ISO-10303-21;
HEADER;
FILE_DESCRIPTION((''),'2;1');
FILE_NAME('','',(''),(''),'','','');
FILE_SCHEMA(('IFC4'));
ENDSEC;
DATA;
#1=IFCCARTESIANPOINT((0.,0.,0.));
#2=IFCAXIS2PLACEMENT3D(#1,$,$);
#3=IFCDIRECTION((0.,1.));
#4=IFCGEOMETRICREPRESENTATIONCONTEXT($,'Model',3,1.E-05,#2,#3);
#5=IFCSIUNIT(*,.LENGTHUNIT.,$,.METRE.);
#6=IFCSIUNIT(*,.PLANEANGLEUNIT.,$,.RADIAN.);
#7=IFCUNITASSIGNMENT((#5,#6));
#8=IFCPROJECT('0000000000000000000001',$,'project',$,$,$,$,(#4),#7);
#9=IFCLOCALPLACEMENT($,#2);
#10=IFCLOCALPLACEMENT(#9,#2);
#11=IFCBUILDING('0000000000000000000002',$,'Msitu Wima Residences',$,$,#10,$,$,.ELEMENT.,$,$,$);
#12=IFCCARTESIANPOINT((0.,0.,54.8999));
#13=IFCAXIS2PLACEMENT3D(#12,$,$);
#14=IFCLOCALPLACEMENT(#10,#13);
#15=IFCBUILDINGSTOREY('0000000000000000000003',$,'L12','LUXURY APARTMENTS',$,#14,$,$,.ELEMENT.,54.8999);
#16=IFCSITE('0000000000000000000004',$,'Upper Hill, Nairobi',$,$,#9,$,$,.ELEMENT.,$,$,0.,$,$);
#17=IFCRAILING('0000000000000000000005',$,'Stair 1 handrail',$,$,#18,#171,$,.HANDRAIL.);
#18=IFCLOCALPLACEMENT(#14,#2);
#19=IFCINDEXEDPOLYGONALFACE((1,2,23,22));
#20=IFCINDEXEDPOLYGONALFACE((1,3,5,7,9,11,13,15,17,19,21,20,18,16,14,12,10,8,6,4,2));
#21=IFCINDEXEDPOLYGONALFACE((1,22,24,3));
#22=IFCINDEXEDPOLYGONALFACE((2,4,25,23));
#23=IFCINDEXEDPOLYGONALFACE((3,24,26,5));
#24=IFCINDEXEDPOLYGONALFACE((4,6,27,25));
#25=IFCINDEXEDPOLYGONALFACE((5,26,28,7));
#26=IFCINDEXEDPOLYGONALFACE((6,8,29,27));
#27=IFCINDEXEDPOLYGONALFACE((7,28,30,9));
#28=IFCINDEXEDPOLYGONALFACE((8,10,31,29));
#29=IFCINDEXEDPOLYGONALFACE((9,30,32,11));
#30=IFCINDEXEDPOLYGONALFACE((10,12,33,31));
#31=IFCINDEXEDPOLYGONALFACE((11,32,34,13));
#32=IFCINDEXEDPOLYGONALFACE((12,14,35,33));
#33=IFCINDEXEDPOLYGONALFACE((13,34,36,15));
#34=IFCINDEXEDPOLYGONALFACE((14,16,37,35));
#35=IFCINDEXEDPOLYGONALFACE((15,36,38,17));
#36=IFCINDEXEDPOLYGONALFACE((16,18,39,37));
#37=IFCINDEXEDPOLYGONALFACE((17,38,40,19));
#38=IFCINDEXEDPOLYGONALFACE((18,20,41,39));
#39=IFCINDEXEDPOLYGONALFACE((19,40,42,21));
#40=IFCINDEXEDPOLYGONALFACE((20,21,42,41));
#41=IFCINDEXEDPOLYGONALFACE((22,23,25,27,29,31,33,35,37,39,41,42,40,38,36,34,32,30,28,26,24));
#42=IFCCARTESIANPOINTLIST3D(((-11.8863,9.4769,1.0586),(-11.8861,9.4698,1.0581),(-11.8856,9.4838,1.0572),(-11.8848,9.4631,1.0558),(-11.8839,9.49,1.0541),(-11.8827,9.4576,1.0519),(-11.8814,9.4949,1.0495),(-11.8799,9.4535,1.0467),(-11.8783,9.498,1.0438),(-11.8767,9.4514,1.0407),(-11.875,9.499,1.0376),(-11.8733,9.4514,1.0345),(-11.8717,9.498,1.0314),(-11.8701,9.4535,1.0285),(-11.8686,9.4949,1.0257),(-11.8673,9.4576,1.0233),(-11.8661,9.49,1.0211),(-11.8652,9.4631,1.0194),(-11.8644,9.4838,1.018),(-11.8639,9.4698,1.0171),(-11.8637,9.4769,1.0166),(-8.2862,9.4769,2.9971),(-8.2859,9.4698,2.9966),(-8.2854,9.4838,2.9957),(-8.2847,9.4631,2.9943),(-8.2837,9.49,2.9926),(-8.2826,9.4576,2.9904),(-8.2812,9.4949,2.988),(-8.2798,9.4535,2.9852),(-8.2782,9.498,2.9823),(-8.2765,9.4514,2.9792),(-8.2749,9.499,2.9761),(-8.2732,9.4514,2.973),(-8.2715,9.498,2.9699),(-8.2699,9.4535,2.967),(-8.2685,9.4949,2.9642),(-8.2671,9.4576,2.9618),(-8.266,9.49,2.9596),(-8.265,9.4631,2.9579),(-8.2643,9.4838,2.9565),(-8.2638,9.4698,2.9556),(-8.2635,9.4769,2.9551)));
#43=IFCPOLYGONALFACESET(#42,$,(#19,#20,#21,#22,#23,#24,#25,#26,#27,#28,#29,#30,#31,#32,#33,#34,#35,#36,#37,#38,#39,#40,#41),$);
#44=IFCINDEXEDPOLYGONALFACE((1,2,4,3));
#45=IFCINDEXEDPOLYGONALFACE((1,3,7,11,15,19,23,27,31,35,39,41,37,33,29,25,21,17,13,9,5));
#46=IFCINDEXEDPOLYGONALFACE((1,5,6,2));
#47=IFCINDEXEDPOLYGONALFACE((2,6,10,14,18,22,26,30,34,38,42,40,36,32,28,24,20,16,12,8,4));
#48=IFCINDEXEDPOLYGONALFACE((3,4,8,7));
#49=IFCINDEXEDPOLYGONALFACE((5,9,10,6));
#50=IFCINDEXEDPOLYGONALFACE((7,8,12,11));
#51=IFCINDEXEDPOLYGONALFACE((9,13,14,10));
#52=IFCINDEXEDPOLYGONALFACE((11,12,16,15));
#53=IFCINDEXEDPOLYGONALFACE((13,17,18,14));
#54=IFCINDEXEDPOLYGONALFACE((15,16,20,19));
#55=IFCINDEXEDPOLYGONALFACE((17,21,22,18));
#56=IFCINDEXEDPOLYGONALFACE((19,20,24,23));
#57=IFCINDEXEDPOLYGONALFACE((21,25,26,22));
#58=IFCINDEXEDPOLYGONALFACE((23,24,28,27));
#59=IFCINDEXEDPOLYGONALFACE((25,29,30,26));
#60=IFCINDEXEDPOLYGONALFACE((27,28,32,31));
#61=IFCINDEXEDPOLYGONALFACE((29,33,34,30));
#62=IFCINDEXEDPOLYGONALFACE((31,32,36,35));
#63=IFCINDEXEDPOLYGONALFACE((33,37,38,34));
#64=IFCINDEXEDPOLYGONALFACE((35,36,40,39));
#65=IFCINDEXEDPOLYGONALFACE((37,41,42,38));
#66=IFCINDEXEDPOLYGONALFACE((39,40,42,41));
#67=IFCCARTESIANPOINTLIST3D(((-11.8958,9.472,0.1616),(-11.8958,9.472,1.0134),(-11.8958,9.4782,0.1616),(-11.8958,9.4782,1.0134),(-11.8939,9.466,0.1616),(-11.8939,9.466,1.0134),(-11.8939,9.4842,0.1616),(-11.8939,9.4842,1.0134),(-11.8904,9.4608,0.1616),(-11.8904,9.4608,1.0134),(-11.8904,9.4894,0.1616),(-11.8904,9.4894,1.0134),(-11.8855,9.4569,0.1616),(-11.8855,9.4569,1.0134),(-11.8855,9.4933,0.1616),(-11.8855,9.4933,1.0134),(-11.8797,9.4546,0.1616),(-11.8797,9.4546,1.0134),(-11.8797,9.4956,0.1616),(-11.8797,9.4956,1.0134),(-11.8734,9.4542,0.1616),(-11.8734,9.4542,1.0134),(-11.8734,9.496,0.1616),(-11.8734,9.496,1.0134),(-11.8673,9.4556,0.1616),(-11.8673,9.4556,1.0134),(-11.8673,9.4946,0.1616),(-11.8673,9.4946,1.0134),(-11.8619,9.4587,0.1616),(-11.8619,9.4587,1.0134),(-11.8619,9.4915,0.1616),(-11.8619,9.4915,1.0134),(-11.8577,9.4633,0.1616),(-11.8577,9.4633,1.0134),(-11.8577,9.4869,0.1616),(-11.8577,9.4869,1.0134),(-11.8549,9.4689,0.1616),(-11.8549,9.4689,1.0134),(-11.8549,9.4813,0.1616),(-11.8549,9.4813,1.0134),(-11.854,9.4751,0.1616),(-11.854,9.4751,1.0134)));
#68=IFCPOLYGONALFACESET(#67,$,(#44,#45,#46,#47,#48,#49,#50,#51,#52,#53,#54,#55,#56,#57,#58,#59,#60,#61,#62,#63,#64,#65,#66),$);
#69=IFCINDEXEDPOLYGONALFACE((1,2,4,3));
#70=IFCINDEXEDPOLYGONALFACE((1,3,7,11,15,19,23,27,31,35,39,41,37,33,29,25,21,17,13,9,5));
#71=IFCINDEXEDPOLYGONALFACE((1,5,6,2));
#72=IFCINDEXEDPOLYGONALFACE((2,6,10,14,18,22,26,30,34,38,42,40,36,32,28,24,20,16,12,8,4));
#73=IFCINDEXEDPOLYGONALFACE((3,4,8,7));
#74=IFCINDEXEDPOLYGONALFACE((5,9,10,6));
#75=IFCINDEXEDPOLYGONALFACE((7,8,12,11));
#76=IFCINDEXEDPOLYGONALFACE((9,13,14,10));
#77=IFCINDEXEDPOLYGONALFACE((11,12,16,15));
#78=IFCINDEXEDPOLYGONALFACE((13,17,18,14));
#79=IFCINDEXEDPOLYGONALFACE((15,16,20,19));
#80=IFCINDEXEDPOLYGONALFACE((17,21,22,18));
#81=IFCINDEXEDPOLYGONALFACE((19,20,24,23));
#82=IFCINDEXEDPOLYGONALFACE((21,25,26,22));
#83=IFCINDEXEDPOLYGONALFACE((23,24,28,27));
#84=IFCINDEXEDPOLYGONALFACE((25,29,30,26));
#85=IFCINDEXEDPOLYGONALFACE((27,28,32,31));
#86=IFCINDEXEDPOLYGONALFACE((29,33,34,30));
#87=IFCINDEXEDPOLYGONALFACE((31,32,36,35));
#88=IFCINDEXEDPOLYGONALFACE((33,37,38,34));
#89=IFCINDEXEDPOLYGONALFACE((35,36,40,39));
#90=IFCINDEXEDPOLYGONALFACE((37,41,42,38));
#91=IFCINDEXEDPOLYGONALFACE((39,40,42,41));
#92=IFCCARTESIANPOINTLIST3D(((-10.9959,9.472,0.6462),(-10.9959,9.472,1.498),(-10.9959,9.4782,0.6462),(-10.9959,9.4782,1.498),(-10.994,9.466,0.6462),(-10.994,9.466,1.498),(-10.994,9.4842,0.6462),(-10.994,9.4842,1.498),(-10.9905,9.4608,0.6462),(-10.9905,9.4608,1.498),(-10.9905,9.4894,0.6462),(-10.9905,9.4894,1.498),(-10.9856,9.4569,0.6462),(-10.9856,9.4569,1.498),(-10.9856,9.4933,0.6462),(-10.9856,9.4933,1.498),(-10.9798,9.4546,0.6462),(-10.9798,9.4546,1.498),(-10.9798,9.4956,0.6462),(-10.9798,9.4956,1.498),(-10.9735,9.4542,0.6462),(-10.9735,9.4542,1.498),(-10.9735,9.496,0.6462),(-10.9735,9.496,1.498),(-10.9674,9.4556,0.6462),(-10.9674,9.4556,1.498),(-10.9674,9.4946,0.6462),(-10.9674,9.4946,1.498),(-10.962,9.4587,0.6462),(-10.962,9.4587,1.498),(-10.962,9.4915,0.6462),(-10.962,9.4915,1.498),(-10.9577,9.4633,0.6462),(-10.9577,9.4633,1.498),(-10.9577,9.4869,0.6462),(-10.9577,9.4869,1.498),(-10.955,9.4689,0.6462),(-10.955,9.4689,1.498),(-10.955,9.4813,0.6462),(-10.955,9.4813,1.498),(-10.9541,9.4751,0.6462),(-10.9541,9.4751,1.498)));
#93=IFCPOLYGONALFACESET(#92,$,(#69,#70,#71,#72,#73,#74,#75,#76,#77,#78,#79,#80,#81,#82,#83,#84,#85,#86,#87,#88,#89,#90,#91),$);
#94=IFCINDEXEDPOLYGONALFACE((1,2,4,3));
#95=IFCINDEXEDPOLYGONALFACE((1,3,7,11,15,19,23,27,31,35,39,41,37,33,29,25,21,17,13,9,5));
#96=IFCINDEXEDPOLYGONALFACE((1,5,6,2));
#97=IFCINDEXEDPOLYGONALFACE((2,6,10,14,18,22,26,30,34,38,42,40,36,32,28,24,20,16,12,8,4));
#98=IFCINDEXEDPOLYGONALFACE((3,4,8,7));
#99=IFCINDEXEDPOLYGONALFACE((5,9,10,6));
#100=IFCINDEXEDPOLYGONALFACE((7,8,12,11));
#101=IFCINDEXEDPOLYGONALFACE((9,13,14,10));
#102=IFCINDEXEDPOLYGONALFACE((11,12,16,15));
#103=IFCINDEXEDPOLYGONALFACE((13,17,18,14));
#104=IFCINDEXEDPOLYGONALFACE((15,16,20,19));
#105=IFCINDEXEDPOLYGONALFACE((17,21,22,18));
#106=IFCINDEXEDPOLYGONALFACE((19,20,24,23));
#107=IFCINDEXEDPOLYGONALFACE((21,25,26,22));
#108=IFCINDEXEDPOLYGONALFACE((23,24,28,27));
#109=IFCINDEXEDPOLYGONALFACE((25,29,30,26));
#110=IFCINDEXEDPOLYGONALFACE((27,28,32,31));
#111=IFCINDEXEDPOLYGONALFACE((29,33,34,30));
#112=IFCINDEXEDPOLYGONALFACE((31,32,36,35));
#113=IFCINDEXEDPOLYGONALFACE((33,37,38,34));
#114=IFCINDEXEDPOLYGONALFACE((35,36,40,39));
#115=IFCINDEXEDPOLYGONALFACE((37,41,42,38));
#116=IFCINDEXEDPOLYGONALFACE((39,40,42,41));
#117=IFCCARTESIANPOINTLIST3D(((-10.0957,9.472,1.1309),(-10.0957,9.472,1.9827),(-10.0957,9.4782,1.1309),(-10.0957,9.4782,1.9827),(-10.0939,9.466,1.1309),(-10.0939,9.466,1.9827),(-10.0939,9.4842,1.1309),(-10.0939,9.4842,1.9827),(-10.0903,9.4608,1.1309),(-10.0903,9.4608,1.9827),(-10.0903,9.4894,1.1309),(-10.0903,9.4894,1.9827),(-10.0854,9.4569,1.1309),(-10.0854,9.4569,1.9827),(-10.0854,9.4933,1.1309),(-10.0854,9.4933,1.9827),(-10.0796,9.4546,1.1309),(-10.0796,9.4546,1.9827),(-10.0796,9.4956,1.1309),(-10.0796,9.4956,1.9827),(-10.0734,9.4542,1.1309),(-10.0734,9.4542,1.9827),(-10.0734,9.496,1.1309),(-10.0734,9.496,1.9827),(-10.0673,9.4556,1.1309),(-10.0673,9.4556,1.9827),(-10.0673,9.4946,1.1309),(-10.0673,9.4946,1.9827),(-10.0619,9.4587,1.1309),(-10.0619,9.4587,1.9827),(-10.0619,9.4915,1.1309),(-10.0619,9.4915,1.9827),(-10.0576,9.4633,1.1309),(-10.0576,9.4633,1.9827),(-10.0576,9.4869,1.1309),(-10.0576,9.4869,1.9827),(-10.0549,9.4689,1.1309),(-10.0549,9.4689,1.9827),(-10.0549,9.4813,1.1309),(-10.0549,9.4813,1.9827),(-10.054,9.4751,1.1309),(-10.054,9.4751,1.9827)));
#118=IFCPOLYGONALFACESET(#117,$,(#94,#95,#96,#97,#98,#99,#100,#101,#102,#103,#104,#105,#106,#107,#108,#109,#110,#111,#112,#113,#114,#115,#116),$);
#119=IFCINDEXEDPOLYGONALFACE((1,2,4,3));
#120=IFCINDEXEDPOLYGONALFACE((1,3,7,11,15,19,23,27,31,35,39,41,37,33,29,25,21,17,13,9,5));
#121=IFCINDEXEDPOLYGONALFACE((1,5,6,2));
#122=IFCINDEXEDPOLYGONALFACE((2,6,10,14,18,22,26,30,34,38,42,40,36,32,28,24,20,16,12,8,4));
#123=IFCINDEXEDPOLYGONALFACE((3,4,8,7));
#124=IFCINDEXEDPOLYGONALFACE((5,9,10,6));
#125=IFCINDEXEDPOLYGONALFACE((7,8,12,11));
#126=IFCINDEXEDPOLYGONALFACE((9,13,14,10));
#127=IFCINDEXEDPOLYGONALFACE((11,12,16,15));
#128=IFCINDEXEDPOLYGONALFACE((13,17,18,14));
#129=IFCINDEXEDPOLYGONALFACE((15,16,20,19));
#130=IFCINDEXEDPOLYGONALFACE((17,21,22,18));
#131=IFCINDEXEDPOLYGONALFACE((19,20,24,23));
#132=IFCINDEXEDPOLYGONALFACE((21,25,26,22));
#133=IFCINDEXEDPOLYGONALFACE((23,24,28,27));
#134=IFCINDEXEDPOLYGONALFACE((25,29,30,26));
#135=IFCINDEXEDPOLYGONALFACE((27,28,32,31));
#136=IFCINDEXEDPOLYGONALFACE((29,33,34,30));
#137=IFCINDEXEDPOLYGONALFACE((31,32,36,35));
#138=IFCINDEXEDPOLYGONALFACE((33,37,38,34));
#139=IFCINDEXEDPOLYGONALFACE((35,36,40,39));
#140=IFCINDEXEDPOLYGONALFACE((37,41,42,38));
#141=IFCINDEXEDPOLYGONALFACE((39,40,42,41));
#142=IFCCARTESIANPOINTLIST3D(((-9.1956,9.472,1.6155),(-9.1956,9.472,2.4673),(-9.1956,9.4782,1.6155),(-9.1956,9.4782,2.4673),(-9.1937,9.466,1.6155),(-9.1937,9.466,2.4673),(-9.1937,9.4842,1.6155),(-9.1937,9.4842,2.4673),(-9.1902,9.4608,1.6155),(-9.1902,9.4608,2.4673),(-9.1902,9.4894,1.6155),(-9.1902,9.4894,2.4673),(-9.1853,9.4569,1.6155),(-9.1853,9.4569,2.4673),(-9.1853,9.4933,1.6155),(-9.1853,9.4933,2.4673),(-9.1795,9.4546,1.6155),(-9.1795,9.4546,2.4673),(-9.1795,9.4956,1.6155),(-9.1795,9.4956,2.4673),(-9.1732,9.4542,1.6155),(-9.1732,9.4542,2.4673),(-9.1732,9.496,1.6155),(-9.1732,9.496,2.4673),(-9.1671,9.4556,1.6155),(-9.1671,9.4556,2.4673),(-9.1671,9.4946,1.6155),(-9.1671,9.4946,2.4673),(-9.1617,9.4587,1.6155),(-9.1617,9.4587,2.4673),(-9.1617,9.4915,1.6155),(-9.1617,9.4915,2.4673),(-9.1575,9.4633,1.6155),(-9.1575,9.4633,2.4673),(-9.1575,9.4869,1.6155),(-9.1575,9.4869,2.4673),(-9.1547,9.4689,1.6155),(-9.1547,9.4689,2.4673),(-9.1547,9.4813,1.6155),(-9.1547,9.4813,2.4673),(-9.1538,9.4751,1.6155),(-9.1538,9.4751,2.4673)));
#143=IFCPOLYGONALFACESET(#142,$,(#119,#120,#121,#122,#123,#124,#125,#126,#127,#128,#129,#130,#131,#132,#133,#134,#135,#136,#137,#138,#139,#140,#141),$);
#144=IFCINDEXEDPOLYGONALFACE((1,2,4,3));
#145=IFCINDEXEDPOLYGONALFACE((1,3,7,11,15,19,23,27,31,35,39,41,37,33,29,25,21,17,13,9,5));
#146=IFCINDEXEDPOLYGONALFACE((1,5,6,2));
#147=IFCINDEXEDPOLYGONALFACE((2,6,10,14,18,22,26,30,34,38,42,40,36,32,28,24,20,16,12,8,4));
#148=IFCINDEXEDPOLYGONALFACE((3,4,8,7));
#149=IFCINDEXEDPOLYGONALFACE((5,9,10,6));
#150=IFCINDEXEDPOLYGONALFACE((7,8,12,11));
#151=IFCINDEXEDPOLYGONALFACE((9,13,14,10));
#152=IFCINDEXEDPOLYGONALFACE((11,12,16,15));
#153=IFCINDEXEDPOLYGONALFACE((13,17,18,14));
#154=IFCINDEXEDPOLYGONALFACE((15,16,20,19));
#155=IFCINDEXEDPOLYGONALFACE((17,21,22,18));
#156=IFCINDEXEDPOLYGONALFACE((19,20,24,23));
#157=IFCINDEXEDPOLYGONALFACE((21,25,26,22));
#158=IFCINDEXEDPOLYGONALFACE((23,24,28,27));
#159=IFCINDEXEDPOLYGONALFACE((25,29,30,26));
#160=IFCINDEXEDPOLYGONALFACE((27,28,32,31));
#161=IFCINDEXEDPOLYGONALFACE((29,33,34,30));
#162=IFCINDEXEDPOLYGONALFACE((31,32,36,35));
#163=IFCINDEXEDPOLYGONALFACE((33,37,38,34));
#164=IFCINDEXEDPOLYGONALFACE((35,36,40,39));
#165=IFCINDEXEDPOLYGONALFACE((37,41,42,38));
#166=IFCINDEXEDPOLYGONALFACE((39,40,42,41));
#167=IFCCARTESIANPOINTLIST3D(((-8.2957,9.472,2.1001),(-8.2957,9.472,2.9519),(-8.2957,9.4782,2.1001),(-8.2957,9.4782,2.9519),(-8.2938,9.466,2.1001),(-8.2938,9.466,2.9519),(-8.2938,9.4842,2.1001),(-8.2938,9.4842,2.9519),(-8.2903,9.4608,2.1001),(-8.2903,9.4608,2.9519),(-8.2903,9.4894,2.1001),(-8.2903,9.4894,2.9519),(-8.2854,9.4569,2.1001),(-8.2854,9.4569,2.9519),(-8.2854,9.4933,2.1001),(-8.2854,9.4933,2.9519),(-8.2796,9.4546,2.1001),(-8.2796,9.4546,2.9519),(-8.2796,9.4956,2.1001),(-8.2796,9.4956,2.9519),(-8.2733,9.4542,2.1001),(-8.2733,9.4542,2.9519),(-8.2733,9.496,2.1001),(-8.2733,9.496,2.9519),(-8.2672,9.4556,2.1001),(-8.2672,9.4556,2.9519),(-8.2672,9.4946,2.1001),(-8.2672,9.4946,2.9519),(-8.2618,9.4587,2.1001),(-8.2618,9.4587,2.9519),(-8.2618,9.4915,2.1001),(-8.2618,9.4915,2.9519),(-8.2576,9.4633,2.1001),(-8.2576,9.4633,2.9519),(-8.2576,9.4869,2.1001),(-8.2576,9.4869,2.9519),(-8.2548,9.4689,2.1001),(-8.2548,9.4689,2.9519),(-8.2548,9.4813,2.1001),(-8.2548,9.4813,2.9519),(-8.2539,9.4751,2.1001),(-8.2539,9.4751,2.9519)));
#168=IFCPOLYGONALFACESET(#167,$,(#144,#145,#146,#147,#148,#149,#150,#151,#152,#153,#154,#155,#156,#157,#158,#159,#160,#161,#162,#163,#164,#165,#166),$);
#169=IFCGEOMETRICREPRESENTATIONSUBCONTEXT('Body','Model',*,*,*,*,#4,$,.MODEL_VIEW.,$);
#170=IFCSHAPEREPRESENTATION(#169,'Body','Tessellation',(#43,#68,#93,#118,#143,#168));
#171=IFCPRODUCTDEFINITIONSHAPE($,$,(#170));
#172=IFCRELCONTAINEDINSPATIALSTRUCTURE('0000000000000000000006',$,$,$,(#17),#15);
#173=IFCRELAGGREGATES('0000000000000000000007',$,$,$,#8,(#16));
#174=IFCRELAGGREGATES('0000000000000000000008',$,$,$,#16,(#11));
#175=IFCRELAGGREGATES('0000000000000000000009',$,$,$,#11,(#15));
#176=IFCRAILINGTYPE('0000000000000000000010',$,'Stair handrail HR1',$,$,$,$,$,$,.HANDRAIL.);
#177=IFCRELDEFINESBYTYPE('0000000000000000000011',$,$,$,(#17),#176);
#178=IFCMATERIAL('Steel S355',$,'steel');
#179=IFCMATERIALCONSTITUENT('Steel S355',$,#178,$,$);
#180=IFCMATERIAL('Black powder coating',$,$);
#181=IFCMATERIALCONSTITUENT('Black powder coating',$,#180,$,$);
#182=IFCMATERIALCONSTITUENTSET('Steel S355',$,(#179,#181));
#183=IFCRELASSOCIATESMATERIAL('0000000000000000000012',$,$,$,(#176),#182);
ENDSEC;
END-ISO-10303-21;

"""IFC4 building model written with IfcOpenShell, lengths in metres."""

from ifc_helpers import new_model, si_unit, direction, frame, origin, origin_2d, place, context, subcontext, project, spatial, circle, extrude, material, constituent, constituent_set, type_object, element, save


model = new_model("IFC4")

# Units and contexts
model_context = context("Model", 3, precision=1e-05, world=origin(), true_north=direction((0.0, 1.0)))
body_context = subcontext(model_context, "Body", "Model", "MODEL_VIEW")
ifc_project = project(units=[si_unit("LENGTHUNIT", "METRE"), si_unit("PLANEANGLEUNIT", "RADIAN")], contexts=[model_context])

# Site, building, storey
site_placement = place(None, origin())
site = spatial("IfcSite", under=ifc_project, at=site_placement, Name="Upper Hill, Nairobi", CompositionType="ELEMENT", RefElevation=0.0)
building_placement = place(site_placement, origin())
building = spatial("IfcBuilding", under=site, at=building_placement, Name="Msitu Wima Residences", CompositionType="ELEMENT")
storey_placement = place(building_placement, frame((0.0, 0.0, 54.8999)))
storey = spatial("IfcBuildingStorey", under=building, at=storey_placement, Name="L12", Description="LUXURY APARTMENTS", CompositionType="ELEMENT", Elevation=54.8999)

# Railing
ifc_material_1 = material(Name="Steel S355", Category="steel")
ifc_constituent_1 = constituent(ifc_material_1, Name="Steel S355")
ifc_material_2 = material(Name="Black powder coating")
ifc_constituent_2 = constituent(ifc_material_2, Name="Black powder coating")
ifc_constituent_set = constituent_set(constituents=[ifc_constituent_1, ifc_constituent_2], Name="Steel S355")
railing_type = type_object("IfcRailingType", Name="Stair handrail HR1", PredefinedType="HANDRAIL", material=ifc_constituent_set)
for number, where, name in (
    (1, (-11.875, 9.4751, 0.1616), "Stair 1 handrail"),
):
    element("IfcRailing", number, at=place(storey_placement, frame(where)), inside=storey, type_object=railing_type, Name=name, PredefinedType="HANDRAIL", context=body_context, shape_type="SweptSolid", body=[
        extrude(circle(Radius=0.0239, at=origin_2d()), frame((0.0, 0.0, 0.876), z_axis=(0.880475, 0.0, 0.474093), x_axis=(0.0, 1.0, 0.0)), (0.0, 0.0, 1.0), 4.0889),
        extrude(circle(Radius=0.021, at=origin_2d()), origin(), (0.0, 0.0, 1.0), 0.8518),
        extrude(circle(Radius=0.021, at=origin_2d()), frame((0.8999, 0.0, 0.4846)), (0.0, 0.0, 1.0), 0.8518),
        extrude(circle(Radius=0.021, at=origin_2d()), frame((1.8, 0.0, 0.9692)), (0.0, 0.0, 1.0), 0.8518),
        extrude(circle(Radius=0.021, at=origin_2d()), frame((2.7002, 0.0, 1.4539)), (0.0, 0.0, 1.0), 0.8518),
        extrude(circle(Radius=0.021, at=origin_2d()), frame((3.6001, 0.0, 1.9385)), (0.0, 0.0, 1.0), 0.8518),
    ])

save(model, "model.ifc")
